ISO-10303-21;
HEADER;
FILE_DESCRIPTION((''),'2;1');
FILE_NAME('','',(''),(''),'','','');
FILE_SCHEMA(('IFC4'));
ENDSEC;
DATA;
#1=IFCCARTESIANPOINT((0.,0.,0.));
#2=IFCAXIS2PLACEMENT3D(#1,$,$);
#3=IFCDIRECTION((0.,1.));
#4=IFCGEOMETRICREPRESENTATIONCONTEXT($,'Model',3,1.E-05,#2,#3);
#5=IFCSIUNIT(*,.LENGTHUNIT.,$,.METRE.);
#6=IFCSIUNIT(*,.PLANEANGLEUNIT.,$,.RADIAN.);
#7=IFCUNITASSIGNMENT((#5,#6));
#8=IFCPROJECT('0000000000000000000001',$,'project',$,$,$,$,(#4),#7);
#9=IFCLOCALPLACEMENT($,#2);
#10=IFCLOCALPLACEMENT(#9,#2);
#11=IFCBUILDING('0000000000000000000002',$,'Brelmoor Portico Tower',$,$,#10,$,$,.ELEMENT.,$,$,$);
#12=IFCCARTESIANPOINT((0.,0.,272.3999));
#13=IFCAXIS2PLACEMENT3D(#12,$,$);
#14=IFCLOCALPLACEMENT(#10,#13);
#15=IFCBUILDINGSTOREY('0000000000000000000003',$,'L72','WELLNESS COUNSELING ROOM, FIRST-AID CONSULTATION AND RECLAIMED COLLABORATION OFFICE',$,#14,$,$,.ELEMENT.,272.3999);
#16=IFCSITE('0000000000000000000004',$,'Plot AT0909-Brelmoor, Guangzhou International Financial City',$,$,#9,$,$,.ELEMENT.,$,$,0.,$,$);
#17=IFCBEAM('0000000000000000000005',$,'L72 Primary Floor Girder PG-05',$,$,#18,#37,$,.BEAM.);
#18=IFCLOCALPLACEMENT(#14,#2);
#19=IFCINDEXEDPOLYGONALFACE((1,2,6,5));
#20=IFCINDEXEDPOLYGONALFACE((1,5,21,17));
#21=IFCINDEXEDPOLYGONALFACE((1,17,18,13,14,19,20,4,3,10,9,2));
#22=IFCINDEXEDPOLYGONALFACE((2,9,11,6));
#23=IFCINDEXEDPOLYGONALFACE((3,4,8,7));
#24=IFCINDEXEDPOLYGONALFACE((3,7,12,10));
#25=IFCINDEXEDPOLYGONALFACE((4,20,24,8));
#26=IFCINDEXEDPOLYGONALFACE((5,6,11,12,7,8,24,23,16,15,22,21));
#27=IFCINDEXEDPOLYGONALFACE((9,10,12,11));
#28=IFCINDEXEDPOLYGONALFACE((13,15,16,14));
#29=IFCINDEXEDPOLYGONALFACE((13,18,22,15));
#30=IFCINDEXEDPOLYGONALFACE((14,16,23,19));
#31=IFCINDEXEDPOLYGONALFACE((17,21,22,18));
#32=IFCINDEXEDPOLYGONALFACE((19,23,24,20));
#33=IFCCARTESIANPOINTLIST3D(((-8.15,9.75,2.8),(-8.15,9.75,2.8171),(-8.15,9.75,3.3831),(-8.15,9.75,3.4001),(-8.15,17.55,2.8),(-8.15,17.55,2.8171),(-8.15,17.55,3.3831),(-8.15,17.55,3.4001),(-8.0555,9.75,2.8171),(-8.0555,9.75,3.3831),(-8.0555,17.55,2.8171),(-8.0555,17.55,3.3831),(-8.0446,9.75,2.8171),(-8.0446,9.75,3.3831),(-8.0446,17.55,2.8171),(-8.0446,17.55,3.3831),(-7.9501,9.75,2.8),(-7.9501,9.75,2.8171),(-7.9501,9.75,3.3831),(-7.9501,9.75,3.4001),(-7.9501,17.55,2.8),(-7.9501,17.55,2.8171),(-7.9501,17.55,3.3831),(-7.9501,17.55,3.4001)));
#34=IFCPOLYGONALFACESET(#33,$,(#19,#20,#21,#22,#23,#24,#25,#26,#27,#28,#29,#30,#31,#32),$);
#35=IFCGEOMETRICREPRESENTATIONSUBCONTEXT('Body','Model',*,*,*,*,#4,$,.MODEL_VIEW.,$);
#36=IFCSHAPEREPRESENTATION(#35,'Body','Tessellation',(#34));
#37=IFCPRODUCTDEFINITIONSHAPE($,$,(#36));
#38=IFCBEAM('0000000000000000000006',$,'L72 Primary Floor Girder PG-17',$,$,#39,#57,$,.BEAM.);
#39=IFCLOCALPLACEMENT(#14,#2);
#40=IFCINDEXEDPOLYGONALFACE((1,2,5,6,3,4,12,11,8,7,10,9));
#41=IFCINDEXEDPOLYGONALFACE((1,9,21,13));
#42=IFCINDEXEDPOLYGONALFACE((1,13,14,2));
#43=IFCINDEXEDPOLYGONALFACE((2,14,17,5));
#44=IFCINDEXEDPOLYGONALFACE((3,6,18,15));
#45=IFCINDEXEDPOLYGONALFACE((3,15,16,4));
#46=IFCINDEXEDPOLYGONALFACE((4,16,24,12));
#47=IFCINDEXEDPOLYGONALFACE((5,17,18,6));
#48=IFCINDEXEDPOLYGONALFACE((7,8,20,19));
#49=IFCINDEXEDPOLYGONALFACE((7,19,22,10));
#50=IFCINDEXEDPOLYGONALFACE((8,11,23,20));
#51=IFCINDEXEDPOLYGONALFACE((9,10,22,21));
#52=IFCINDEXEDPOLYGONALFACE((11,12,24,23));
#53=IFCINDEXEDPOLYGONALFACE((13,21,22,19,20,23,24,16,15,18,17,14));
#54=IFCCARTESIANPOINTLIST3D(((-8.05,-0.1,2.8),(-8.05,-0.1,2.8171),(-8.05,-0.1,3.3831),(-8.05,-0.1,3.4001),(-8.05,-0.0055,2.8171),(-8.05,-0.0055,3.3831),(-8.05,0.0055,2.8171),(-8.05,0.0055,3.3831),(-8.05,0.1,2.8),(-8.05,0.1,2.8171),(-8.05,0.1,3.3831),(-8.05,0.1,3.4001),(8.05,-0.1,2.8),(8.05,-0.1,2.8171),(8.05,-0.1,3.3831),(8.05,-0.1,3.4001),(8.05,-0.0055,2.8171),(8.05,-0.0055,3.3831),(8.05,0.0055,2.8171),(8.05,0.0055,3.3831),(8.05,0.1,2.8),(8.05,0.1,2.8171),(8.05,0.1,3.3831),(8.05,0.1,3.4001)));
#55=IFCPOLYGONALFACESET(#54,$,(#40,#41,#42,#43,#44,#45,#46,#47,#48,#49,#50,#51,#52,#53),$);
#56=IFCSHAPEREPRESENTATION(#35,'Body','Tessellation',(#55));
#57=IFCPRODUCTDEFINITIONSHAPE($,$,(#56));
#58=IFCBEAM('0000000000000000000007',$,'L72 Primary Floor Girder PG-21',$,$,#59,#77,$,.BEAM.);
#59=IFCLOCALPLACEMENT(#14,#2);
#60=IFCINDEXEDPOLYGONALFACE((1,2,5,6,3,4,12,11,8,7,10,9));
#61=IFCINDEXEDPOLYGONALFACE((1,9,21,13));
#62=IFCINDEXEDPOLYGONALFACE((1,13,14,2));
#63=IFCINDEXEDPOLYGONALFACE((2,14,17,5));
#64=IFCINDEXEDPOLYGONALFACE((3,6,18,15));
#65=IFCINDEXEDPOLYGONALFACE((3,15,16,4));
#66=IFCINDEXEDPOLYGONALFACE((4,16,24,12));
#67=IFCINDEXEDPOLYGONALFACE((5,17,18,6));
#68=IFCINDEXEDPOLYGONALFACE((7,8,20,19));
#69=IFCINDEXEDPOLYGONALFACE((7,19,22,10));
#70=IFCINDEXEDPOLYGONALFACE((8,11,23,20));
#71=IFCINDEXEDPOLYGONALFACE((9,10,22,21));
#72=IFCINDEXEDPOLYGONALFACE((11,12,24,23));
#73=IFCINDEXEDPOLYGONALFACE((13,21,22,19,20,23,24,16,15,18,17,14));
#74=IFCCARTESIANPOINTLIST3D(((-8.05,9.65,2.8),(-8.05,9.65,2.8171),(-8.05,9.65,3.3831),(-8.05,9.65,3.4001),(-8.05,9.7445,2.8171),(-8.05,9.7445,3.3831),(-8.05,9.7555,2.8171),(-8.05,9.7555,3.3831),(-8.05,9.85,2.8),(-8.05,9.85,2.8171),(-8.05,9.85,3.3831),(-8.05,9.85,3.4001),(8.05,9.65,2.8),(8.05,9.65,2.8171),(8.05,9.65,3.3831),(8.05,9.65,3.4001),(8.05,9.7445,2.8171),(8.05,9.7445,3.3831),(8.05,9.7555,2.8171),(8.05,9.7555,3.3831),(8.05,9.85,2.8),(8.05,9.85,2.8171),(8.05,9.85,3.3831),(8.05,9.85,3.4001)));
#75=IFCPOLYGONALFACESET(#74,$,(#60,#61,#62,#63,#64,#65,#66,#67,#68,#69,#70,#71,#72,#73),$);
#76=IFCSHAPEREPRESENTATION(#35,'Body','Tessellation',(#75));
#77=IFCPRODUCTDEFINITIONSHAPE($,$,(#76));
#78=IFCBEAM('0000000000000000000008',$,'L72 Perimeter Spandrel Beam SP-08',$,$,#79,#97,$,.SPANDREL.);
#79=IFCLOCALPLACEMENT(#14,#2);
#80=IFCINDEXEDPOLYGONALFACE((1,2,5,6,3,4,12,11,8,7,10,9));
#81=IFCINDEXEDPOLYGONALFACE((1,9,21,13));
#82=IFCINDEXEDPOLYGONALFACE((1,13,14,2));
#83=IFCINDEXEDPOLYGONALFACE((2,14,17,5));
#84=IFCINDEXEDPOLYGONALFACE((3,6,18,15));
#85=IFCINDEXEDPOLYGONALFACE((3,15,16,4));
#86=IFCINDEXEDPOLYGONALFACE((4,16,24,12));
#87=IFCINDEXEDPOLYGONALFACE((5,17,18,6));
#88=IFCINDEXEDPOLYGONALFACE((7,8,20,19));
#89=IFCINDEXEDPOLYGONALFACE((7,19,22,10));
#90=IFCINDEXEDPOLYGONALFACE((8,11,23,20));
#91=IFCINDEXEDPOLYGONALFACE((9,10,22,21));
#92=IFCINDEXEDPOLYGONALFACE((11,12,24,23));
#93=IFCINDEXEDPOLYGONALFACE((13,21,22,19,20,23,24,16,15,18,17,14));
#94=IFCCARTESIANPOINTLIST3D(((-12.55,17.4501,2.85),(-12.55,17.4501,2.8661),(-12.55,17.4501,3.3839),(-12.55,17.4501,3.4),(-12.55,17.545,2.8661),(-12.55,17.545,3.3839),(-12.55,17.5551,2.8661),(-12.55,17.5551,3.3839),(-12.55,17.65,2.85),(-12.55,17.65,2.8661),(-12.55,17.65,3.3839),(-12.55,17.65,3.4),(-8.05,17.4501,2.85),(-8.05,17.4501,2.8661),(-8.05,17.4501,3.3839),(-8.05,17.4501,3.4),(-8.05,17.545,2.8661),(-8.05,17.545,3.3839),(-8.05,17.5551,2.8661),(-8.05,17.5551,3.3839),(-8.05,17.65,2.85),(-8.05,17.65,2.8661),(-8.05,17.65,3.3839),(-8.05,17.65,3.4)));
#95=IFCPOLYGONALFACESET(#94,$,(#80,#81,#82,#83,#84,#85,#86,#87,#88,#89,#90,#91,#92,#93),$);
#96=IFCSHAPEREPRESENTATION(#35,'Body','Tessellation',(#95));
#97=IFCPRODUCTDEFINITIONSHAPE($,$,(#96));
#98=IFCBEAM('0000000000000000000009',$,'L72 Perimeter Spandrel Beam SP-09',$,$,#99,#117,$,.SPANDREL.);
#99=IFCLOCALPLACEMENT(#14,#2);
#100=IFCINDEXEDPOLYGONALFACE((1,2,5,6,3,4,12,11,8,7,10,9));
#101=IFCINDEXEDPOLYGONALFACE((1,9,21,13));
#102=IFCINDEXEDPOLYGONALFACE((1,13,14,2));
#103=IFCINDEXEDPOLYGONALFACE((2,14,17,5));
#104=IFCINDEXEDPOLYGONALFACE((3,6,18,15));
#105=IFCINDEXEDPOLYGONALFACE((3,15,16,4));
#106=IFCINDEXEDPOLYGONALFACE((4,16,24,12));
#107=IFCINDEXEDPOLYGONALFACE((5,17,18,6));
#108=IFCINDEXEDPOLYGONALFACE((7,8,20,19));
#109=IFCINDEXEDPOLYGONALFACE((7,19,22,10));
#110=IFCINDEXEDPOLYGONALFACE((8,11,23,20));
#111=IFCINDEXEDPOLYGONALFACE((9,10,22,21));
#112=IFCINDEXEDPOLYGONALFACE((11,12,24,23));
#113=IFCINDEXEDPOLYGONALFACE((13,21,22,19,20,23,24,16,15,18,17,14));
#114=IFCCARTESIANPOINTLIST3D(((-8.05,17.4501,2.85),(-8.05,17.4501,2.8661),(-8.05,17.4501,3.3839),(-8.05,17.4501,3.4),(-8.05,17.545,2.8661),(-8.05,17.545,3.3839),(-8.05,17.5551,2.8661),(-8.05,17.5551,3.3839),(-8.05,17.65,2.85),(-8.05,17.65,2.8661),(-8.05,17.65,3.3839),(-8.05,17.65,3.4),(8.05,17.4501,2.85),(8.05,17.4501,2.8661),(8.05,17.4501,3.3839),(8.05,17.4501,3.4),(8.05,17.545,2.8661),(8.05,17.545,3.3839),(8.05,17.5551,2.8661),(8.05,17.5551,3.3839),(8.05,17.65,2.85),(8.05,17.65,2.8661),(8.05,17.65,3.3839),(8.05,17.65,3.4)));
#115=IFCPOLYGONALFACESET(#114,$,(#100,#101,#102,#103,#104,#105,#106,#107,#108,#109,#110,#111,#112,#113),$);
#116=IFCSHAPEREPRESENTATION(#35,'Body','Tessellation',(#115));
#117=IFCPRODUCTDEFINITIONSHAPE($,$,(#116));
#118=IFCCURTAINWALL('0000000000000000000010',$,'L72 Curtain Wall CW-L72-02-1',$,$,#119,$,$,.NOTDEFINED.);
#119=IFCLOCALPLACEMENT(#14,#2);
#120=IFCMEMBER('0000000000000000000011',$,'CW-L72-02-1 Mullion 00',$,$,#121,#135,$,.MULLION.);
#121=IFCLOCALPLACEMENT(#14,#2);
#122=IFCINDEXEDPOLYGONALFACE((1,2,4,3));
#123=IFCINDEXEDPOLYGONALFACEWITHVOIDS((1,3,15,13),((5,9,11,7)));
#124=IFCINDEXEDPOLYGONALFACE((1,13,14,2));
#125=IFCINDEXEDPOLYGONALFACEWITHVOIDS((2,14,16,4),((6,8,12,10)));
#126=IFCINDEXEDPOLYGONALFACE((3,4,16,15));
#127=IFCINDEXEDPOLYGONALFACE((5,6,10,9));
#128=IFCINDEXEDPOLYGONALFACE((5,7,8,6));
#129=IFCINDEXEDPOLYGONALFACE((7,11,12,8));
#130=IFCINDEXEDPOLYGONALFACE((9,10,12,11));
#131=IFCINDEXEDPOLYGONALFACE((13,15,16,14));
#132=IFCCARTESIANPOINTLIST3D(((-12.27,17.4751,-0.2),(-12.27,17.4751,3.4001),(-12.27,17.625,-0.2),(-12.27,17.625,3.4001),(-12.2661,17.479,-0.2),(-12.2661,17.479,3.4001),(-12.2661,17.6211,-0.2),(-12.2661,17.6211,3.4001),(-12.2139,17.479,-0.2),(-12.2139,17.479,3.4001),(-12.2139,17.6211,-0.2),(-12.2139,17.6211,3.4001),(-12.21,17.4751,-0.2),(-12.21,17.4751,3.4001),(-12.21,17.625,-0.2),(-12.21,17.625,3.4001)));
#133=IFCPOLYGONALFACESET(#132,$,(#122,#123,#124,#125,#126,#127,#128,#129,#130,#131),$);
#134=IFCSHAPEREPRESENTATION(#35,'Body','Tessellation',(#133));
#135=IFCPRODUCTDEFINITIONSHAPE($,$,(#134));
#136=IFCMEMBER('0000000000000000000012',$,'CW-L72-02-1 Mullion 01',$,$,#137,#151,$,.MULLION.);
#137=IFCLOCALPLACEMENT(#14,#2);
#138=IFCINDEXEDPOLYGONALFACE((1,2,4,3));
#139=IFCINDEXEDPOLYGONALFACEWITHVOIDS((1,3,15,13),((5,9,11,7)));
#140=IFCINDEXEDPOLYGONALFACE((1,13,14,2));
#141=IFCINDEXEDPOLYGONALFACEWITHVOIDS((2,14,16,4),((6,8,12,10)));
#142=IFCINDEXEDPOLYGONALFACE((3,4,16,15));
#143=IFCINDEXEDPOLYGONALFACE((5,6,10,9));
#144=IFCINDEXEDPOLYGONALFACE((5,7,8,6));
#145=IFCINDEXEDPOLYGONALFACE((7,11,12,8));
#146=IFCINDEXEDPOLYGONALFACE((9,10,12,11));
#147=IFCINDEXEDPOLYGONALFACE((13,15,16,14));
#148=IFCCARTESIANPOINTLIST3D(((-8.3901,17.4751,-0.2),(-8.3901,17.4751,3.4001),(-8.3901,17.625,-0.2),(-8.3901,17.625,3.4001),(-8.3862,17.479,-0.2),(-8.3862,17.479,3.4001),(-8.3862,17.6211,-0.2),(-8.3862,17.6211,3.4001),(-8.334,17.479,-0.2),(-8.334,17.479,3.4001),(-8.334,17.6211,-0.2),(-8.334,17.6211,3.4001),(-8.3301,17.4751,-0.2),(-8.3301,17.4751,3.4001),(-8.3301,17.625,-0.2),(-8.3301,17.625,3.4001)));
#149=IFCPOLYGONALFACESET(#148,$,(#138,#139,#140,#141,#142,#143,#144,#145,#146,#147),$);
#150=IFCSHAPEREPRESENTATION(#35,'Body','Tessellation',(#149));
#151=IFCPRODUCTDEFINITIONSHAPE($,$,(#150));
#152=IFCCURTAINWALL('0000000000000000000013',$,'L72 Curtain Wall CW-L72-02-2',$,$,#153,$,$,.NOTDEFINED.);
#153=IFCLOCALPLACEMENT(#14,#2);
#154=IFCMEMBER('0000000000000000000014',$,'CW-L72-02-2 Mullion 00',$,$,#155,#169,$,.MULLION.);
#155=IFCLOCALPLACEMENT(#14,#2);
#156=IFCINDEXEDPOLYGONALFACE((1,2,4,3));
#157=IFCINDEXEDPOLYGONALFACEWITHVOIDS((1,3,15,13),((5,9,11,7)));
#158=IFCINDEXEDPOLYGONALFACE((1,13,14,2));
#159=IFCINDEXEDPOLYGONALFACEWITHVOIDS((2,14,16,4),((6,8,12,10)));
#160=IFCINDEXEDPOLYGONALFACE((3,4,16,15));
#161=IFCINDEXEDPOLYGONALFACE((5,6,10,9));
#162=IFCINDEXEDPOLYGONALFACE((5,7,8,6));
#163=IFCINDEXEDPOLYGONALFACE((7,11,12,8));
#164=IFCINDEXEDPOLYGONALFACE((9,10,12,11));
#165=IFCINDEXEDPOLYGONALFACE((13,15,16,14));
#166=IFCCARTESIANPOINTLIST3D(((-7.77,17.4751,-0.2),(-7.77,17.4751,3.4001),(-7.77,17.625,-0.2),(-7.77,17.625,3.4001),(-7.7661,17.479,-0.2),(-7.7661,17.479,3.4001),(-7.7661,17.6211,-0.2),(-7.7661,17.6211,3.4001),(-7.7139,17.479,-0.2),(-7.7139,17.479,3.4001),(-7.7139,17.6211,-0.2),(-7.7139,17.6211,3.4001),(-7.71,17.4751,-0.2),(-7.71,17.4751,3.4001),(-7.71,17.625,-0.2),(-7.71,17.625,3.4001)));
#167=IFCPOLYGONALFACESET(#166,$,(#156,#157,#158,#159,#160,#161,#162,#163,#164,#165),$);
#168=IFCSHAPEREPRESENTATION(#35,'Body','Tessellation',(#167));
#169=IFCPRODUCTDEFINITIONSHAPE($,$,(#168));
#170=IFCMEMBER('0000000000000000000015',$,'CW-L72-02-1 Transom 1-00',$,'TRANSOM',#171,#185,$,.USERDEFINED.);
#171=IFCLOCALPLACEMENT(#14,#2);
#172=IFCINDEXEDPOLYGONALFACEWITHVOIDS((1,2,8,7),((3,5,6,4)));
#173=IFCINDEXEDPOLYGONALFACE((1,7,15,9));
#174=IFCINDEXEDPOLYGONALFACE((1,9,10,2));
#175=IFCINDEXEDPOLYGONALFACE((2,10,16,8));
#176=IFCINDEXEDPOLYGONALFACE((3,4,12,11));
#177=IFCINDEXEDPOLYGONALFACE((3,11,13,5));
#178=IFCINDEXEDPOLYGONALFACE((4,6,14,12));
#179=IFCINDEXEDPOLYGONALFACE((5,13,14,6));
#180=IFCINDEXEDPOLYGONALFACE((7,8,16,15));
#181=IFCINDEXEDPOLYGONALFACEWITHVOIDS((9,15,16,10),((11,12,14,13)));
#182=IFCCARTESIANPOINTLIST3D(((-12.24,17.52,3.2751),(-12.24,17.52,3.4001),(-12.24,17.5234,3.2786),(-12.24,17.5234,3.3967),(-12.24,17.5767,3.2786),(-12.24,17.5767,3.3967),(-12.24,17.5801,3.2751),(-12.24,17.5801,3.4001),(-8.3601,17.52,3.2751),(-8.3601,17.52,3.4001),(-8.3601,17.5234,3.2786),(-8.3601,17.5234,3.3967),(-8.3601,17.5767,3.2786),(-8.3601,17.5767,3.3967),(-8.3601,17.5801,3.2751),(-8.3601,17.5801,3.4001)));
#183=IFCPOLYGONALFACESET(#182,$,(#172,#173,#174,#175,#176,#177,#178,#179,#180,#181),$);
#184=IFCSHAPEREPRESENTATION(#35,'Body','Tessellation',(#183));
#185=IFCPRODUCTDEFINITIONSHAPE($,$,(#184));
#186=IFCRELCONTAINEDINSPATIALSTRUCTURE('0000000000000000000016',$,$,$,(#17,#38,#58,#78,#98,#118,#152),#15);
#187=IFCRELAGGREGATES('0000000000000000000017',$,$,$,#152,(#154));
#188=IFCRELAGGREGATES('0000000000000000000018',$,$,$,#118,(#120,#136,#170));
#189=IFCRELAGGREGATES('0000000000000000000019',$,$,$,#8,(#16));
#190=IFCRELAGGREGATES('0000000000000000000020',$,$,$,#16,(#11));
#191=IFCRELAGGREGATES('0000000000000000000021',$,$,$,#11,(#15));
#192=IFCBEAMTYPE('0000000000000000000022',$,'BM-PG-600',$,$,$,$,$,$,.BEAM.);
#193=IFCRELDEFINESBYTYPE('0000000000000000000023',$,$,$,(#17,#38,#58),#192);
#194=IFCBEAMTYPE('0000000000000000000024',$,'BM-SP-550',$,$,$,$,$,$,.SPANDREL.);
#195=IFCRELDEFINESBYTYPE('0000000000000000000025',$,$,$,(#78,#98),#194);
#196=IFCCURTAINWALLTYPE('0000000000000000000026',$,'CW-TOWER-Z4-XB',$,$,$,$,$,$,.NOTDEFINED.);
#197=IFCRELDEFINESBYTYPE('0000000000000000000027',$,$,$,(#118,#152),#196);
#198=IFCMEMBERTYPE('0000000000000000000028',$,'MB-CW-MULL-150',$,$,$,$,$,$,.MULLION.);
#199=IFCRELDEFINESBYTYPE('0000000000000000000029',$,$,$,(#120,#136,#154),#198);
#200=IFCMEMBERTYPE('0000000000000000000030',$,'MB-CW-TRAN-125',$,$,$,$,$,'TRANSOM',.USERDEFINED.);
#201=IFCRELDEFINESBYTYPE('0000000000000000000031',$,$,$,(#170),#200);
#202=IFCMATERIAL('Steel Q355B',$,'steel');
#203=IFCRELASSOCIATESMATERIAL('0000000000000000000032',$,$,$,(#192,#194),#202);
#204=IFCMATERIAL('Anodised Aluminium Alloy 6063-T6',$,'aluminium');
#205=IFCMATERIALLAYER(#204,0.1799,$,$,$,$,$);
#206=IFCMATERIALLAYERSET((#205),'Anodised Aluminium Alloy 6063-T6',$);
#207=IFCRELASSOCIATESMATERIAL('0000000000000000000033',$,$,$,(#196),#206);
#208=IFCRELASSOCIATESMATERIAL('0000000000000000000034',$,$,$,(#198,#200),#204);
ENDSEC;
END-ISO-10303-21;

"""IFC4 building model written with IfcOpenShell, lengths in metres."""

from ifc_helpers import new_model, si_unit, direction, frame, origin, origin_2d, place, context, subcontext, project, spatial, hollow_rectangle, i_section, extrude, material, layer, layer_set, material_profile, profile_set, type_object, element, aggregate, save


model = new_model("IFC4")

# Units and contexts
model_context = context("Model", 3, precision=1e-05, world=origin(), true_north=direction((0.0, 1.0)))
body_context = subcontext(model_context, "Body", "Model", "MODEL_VIEW")
ifc_project = project(units=[si_unit("LENGTHUNIT", "METRE"), si_unit("PLANEANGLEUNIT", "RADIAN")], contexts=[model_context])

# Site, building, storey
site_placement = place(None, origin())
site = spatial("IfcSite", under=ifc_project, at=site_placement, Name="Plot AT0909-Brelmoor, Guangzhou International Financial City", CompositionType="ELEMENT", RefElevation=0.0)
building_placement = place(site_placement, origin())
building = spatial("IfcBuilding", under=site, at=building_placement, Name="Brelmoor Portico Tower", CompositionType="ELEMENT")
storey_placement = place(building_placement, frame((0.0, 0.0, 272.3999)))
storey = spatial("IfcBuildingStorey", under=building, at=storey_placement, Name="L72", Description="WELLNESS COUNSELING ROOM, FIRST-AID CONSULTATION AND RECLAIMED COLLABORATION OFFICE", CompositionType="ELEMENT", Elevation=272.3999)

# Shared definitions
ifc_material_1 = material(Name="Steel Q355B", Category="steel")

# Beams
ifc_material_profile_1 = material_profile(ifc_material_1, i_section(OverallWidth=0.2, OverallDepth=0.6001, WebThickness=0.011, FlangeThickness=0.0171, at=origin_2d()), Name="HN 600x200x11x17")
ifc_profile_set_1 = profile_set([ifc_material_profile_1], Name="Steel Q355B")
beam_type_1 = type_object("IfcBeamType", Name="BM-PG-600", PredefinedType="BEAM", material=ifc_profile_set_1)
beam_1_placement = place(storey_placement, frame((-8.05, 9.75, 3.1001), z_axis=(0.0, 1.0, 0.0), x_axis=(-1.0, 0.0, 0.0)))
element("IfcBeam", 1, at=beam_1_placement, inside=storey, type_object=beam_type_1, Name="L72 Primary Floor Girder PG-05", PredefinedType="BEAM", context=body_context, shape_type="SweptSolid", body=[
    extrude(i_section(OverallWidth=0.2, OverallDepth=0.6001, WebThickness=0.011, FlangeThickness=0.0171, at=origin_2d()), origin(), (0.0, 0.0, 1.0), 7.8),
])
for number, where, z_axis, x_axis, name in (
    (2, (-8.05, 0.0, 3.1001), (1.0, 0.0, 0.0), (0.0, 1.0, 0.0), "L72 Primary Floor Girder PG-17"),
    (3, (-8.05, 9.75, 3.1001), (1.0, 0.0, 0.0), (0.0, 1.0, 0.0), "L72 Primary Floor Girder PG-21"),
):
    element("IfcBeam", number, at=place(storey_placement, frame(where, z_axis=z_axis, x_axis=x_axis)), inside=storey, type_object=beam_type_1, Name=name, PredefinedType="BEAM", context=body_context, shape_type="SweptSolid", body=[
        extrude(i_section(OverallWidth=0.2, OverallDepth=0.6001, WebThickness=0.011, FlangeThickness=0.0171, at=origin_2d()), origin(), (0.0, 0.0, 1.0), 16.1001),
    ])
ifc_material_profile_2 = material_profile(ifc_material_1, i_section(OverallWidth=0.2, OverallDepth=0.55, WebThickness=0.01, FlangeThickness=0.0161, at=origin_2d()), Name="HN 550x200x10x16")
ifc_profile_set_2 = profile_set([ifc_material_profile_2], Name="Steel Q355B")
beam_type_2 = type_object("IfcBeamType", Name="BM-SP-550", PredefinedType="SPANDREL", material=ifc_profile_set_2)
beam_2_placement = place(storey_placement, frame((-12.55, 17.55, 3.125), z_axis=(1.0, 0.0, 0.0), x_axis=(0.0, 1.0, 0.0)))
element("IfcBeam", 4, at=beam_2_placement, inside=storey, type_object=beam_type_2, Name="L72 Perimeter Spandrel Beam SP-08", PredefinedType="SPANDREL", context=body_context, shape_type="SweptSolid", body=[
    extrude(i_section(OverallWidth=0.2, OverallDepth=0.55, WebThickness=0.01, FlangeThickness=0.0161, at=origin_2d()), origin(), (0.0, 0.0, 1.0), 4.5),
])
beam_3_placement = place(storey_placement, frame((-8.05, 17.55, 3.125), z_axis=(1.0, 0.0, 0.0), x_axis=(0.0, 1.0, 0.0)))
element("IfcBeam", 5, at=beam_3_placement, inside=storey, type_object=beam_type_2, Name="L72 Perimeter Spandrel Beam SP-09", PredefinedType="SPANDREL", context=body_context, shape_type="SweptSolid", body=[
    extrude(i_section(OverallWidth=0.2, OverallDepth=0.55, WebThickness=0.01, FlangeThickness=0.0161, at=origin_2d()), origin(), (0.0, 0.0, 1.0), 16.1001),
])

# Curtain wall, members
ifc_material_2 = material(Name="Anodised Aluminium Alloy 6063-T6", Category="aluminium")
ifc_layer_1 = layer(ifc_material_2, 0.1799)
ifc_layer_set_1 = layer_set([ifc_layer_1], Name="Anodised Aluminium Alloy 6063-T6")
curtain_wall_type = type_object("IfcCurtainWallType", Name="CW-TOWER-Z4-XB", PredefinedType="NOTDEFINED", material=ifc_layer_set_1)
curtain_wall_1_placement = place(storey_placement, origin())
curtain_wall_1 = element("IfcCurtainWall", 6, at=curtain_wall_1_placement, inside=storey, type_object=curtain_wall_type, Name="L72 Curtain Wall CW-L72-02-1", PredefinedType="NOTDEFINED")
ifc_material_profile_3 = material_profile(ifc_material_2, hollow_rectangle(XDim=0.0601, YDim=0.1499, WallThickness=0.0039, at=origin_2d()), Name="ALU MULLION 60x150")
ifc_profile_set_3 = profile_set([ifc_material_profile_3], Name="Anodised Aluminium Alloy 6063-T6")
member_type_1 = type_object("IfcMemberType", Name="MB-CW-MULL-150", PredefinedType="MULLION", material=ifc_profile_set_3)
member_1_placement = place(storey_placement, frame((-12.24, 17.55, -0.2), z_axis=(0.0, 0.0, 1.0), x_axis=(1.0, 0.0, 0.0)))
member_1 = element("IfcMember", 7, at=member_1_placement, type_object=member_type_1, Name="CW-L72-02-1 Mullion 00", PredefinedType="MULLION", context=body_context, shape_type="SweptSolid", body=[
    extrude(hollow_rectangle(XDim=0.0601, YDim=0.1499, WallThickness=0.0039, at=origin_2d()), origin(), (0.0, 0.0, 1.0), 3.6001),
])
member_2_placement = place(storey_placement, frame((-8.3601, 17.55, -0.2), z_axis=(0.0, 0.0, 1.0), x_axis=(1.0, 0.0, 0.0)))
member_2 = element("IfcMember", 8, at=member_2_placement, type_object=member_type_1, Name="CW-L72-02-1 Mullion 01", PredefinedType="MULLION", context=body_context, shape_type="SweptSolid", body=[
    extrude(hollow_rectangle(XDim=0.0601, YDim=0.1499, WallThickness=0.0039, at=origin_2d()), origin(), (0.0, 0.0, 1.0), 3.6001),
])

# Curtain wall, member
curtain_wall_2_placement = place(storey_placement, origin())
curtain_wall_2 = element("IfcCurtainWall", 9, at=curtain_wall_2_placement, inside=storey, type_object=curtain_wall_type, Name="L72 Curtain Wall CW-L72-02-2", PredefinedType="NOTDEFINED")
member_3_placement = place(storey_placement, frame((-7.74, 17.55, -0.2), z_axis=(0.0, 0.0, 1.0), x_axis=(1.0, 0.0, 0.0)))
member_3 = element("IfcMember", 10, at=member_3_placement, type_object=member_type_1, Name="CW-L72-02-2 Mullion 00", PredefinedType="MULLION", context=body_context, shape_type="SweptSolid", body=[
    extrude(hollow_rectangle(XDim=0.0601, YDim=0.1499, WallThickness=0.0039, at=origin_2d()), origin(), (0.0, 0.0, 1.0), 3.6001),
])

# Member
ifc_material_profile_4 = material_profile(ifc_material_2, hollow_rectangle(XDim=0.0601, YDim=0.125, WallThickness=0.0034, at=origin_2d()), Name="ALU TRANSOM 60x125")
ifc_profile_set_4 = profile_set([ifc_material_profile_4], Name="Anodised Aluminium Alloy 6063-T6")
member_type_2 = type_object("IfcMemberType", Name="MB-CW-TRAN-125", ElementType="TRANSOM", PredefinedType="USERDEFINED", material=ifc_profile_set_4)
member_4_placement = place(storey_placement, frame((-12.24, 17.55, 3.3376), z_axis=(1.0, 0.0, 0.0), x_axis=(0.0, 1.0, 0.0)))
member_4 = element("IfcMember", 11, at=member_4_placement, type_object=member_type_2, Name="CW-L72-02-1 Transom 1-00", ObjectType="TRANSOM", PredefinedType="USERDEFINED", context=body_context, shape_type="SweptSolid", body=[
    extrude(hollow_rectangle(XDim=0.0601, YDim=0.125, WallThickness=0.0034, at=origin_2d()), origin(), (0.0, 0.0, 1.0), 3.8799),
])
aggregate(curtain_wall_2, [member_3])

aggregate(curtain_wall_1, [member_1, member_2, member_4])

save(model, "model.ifc")
